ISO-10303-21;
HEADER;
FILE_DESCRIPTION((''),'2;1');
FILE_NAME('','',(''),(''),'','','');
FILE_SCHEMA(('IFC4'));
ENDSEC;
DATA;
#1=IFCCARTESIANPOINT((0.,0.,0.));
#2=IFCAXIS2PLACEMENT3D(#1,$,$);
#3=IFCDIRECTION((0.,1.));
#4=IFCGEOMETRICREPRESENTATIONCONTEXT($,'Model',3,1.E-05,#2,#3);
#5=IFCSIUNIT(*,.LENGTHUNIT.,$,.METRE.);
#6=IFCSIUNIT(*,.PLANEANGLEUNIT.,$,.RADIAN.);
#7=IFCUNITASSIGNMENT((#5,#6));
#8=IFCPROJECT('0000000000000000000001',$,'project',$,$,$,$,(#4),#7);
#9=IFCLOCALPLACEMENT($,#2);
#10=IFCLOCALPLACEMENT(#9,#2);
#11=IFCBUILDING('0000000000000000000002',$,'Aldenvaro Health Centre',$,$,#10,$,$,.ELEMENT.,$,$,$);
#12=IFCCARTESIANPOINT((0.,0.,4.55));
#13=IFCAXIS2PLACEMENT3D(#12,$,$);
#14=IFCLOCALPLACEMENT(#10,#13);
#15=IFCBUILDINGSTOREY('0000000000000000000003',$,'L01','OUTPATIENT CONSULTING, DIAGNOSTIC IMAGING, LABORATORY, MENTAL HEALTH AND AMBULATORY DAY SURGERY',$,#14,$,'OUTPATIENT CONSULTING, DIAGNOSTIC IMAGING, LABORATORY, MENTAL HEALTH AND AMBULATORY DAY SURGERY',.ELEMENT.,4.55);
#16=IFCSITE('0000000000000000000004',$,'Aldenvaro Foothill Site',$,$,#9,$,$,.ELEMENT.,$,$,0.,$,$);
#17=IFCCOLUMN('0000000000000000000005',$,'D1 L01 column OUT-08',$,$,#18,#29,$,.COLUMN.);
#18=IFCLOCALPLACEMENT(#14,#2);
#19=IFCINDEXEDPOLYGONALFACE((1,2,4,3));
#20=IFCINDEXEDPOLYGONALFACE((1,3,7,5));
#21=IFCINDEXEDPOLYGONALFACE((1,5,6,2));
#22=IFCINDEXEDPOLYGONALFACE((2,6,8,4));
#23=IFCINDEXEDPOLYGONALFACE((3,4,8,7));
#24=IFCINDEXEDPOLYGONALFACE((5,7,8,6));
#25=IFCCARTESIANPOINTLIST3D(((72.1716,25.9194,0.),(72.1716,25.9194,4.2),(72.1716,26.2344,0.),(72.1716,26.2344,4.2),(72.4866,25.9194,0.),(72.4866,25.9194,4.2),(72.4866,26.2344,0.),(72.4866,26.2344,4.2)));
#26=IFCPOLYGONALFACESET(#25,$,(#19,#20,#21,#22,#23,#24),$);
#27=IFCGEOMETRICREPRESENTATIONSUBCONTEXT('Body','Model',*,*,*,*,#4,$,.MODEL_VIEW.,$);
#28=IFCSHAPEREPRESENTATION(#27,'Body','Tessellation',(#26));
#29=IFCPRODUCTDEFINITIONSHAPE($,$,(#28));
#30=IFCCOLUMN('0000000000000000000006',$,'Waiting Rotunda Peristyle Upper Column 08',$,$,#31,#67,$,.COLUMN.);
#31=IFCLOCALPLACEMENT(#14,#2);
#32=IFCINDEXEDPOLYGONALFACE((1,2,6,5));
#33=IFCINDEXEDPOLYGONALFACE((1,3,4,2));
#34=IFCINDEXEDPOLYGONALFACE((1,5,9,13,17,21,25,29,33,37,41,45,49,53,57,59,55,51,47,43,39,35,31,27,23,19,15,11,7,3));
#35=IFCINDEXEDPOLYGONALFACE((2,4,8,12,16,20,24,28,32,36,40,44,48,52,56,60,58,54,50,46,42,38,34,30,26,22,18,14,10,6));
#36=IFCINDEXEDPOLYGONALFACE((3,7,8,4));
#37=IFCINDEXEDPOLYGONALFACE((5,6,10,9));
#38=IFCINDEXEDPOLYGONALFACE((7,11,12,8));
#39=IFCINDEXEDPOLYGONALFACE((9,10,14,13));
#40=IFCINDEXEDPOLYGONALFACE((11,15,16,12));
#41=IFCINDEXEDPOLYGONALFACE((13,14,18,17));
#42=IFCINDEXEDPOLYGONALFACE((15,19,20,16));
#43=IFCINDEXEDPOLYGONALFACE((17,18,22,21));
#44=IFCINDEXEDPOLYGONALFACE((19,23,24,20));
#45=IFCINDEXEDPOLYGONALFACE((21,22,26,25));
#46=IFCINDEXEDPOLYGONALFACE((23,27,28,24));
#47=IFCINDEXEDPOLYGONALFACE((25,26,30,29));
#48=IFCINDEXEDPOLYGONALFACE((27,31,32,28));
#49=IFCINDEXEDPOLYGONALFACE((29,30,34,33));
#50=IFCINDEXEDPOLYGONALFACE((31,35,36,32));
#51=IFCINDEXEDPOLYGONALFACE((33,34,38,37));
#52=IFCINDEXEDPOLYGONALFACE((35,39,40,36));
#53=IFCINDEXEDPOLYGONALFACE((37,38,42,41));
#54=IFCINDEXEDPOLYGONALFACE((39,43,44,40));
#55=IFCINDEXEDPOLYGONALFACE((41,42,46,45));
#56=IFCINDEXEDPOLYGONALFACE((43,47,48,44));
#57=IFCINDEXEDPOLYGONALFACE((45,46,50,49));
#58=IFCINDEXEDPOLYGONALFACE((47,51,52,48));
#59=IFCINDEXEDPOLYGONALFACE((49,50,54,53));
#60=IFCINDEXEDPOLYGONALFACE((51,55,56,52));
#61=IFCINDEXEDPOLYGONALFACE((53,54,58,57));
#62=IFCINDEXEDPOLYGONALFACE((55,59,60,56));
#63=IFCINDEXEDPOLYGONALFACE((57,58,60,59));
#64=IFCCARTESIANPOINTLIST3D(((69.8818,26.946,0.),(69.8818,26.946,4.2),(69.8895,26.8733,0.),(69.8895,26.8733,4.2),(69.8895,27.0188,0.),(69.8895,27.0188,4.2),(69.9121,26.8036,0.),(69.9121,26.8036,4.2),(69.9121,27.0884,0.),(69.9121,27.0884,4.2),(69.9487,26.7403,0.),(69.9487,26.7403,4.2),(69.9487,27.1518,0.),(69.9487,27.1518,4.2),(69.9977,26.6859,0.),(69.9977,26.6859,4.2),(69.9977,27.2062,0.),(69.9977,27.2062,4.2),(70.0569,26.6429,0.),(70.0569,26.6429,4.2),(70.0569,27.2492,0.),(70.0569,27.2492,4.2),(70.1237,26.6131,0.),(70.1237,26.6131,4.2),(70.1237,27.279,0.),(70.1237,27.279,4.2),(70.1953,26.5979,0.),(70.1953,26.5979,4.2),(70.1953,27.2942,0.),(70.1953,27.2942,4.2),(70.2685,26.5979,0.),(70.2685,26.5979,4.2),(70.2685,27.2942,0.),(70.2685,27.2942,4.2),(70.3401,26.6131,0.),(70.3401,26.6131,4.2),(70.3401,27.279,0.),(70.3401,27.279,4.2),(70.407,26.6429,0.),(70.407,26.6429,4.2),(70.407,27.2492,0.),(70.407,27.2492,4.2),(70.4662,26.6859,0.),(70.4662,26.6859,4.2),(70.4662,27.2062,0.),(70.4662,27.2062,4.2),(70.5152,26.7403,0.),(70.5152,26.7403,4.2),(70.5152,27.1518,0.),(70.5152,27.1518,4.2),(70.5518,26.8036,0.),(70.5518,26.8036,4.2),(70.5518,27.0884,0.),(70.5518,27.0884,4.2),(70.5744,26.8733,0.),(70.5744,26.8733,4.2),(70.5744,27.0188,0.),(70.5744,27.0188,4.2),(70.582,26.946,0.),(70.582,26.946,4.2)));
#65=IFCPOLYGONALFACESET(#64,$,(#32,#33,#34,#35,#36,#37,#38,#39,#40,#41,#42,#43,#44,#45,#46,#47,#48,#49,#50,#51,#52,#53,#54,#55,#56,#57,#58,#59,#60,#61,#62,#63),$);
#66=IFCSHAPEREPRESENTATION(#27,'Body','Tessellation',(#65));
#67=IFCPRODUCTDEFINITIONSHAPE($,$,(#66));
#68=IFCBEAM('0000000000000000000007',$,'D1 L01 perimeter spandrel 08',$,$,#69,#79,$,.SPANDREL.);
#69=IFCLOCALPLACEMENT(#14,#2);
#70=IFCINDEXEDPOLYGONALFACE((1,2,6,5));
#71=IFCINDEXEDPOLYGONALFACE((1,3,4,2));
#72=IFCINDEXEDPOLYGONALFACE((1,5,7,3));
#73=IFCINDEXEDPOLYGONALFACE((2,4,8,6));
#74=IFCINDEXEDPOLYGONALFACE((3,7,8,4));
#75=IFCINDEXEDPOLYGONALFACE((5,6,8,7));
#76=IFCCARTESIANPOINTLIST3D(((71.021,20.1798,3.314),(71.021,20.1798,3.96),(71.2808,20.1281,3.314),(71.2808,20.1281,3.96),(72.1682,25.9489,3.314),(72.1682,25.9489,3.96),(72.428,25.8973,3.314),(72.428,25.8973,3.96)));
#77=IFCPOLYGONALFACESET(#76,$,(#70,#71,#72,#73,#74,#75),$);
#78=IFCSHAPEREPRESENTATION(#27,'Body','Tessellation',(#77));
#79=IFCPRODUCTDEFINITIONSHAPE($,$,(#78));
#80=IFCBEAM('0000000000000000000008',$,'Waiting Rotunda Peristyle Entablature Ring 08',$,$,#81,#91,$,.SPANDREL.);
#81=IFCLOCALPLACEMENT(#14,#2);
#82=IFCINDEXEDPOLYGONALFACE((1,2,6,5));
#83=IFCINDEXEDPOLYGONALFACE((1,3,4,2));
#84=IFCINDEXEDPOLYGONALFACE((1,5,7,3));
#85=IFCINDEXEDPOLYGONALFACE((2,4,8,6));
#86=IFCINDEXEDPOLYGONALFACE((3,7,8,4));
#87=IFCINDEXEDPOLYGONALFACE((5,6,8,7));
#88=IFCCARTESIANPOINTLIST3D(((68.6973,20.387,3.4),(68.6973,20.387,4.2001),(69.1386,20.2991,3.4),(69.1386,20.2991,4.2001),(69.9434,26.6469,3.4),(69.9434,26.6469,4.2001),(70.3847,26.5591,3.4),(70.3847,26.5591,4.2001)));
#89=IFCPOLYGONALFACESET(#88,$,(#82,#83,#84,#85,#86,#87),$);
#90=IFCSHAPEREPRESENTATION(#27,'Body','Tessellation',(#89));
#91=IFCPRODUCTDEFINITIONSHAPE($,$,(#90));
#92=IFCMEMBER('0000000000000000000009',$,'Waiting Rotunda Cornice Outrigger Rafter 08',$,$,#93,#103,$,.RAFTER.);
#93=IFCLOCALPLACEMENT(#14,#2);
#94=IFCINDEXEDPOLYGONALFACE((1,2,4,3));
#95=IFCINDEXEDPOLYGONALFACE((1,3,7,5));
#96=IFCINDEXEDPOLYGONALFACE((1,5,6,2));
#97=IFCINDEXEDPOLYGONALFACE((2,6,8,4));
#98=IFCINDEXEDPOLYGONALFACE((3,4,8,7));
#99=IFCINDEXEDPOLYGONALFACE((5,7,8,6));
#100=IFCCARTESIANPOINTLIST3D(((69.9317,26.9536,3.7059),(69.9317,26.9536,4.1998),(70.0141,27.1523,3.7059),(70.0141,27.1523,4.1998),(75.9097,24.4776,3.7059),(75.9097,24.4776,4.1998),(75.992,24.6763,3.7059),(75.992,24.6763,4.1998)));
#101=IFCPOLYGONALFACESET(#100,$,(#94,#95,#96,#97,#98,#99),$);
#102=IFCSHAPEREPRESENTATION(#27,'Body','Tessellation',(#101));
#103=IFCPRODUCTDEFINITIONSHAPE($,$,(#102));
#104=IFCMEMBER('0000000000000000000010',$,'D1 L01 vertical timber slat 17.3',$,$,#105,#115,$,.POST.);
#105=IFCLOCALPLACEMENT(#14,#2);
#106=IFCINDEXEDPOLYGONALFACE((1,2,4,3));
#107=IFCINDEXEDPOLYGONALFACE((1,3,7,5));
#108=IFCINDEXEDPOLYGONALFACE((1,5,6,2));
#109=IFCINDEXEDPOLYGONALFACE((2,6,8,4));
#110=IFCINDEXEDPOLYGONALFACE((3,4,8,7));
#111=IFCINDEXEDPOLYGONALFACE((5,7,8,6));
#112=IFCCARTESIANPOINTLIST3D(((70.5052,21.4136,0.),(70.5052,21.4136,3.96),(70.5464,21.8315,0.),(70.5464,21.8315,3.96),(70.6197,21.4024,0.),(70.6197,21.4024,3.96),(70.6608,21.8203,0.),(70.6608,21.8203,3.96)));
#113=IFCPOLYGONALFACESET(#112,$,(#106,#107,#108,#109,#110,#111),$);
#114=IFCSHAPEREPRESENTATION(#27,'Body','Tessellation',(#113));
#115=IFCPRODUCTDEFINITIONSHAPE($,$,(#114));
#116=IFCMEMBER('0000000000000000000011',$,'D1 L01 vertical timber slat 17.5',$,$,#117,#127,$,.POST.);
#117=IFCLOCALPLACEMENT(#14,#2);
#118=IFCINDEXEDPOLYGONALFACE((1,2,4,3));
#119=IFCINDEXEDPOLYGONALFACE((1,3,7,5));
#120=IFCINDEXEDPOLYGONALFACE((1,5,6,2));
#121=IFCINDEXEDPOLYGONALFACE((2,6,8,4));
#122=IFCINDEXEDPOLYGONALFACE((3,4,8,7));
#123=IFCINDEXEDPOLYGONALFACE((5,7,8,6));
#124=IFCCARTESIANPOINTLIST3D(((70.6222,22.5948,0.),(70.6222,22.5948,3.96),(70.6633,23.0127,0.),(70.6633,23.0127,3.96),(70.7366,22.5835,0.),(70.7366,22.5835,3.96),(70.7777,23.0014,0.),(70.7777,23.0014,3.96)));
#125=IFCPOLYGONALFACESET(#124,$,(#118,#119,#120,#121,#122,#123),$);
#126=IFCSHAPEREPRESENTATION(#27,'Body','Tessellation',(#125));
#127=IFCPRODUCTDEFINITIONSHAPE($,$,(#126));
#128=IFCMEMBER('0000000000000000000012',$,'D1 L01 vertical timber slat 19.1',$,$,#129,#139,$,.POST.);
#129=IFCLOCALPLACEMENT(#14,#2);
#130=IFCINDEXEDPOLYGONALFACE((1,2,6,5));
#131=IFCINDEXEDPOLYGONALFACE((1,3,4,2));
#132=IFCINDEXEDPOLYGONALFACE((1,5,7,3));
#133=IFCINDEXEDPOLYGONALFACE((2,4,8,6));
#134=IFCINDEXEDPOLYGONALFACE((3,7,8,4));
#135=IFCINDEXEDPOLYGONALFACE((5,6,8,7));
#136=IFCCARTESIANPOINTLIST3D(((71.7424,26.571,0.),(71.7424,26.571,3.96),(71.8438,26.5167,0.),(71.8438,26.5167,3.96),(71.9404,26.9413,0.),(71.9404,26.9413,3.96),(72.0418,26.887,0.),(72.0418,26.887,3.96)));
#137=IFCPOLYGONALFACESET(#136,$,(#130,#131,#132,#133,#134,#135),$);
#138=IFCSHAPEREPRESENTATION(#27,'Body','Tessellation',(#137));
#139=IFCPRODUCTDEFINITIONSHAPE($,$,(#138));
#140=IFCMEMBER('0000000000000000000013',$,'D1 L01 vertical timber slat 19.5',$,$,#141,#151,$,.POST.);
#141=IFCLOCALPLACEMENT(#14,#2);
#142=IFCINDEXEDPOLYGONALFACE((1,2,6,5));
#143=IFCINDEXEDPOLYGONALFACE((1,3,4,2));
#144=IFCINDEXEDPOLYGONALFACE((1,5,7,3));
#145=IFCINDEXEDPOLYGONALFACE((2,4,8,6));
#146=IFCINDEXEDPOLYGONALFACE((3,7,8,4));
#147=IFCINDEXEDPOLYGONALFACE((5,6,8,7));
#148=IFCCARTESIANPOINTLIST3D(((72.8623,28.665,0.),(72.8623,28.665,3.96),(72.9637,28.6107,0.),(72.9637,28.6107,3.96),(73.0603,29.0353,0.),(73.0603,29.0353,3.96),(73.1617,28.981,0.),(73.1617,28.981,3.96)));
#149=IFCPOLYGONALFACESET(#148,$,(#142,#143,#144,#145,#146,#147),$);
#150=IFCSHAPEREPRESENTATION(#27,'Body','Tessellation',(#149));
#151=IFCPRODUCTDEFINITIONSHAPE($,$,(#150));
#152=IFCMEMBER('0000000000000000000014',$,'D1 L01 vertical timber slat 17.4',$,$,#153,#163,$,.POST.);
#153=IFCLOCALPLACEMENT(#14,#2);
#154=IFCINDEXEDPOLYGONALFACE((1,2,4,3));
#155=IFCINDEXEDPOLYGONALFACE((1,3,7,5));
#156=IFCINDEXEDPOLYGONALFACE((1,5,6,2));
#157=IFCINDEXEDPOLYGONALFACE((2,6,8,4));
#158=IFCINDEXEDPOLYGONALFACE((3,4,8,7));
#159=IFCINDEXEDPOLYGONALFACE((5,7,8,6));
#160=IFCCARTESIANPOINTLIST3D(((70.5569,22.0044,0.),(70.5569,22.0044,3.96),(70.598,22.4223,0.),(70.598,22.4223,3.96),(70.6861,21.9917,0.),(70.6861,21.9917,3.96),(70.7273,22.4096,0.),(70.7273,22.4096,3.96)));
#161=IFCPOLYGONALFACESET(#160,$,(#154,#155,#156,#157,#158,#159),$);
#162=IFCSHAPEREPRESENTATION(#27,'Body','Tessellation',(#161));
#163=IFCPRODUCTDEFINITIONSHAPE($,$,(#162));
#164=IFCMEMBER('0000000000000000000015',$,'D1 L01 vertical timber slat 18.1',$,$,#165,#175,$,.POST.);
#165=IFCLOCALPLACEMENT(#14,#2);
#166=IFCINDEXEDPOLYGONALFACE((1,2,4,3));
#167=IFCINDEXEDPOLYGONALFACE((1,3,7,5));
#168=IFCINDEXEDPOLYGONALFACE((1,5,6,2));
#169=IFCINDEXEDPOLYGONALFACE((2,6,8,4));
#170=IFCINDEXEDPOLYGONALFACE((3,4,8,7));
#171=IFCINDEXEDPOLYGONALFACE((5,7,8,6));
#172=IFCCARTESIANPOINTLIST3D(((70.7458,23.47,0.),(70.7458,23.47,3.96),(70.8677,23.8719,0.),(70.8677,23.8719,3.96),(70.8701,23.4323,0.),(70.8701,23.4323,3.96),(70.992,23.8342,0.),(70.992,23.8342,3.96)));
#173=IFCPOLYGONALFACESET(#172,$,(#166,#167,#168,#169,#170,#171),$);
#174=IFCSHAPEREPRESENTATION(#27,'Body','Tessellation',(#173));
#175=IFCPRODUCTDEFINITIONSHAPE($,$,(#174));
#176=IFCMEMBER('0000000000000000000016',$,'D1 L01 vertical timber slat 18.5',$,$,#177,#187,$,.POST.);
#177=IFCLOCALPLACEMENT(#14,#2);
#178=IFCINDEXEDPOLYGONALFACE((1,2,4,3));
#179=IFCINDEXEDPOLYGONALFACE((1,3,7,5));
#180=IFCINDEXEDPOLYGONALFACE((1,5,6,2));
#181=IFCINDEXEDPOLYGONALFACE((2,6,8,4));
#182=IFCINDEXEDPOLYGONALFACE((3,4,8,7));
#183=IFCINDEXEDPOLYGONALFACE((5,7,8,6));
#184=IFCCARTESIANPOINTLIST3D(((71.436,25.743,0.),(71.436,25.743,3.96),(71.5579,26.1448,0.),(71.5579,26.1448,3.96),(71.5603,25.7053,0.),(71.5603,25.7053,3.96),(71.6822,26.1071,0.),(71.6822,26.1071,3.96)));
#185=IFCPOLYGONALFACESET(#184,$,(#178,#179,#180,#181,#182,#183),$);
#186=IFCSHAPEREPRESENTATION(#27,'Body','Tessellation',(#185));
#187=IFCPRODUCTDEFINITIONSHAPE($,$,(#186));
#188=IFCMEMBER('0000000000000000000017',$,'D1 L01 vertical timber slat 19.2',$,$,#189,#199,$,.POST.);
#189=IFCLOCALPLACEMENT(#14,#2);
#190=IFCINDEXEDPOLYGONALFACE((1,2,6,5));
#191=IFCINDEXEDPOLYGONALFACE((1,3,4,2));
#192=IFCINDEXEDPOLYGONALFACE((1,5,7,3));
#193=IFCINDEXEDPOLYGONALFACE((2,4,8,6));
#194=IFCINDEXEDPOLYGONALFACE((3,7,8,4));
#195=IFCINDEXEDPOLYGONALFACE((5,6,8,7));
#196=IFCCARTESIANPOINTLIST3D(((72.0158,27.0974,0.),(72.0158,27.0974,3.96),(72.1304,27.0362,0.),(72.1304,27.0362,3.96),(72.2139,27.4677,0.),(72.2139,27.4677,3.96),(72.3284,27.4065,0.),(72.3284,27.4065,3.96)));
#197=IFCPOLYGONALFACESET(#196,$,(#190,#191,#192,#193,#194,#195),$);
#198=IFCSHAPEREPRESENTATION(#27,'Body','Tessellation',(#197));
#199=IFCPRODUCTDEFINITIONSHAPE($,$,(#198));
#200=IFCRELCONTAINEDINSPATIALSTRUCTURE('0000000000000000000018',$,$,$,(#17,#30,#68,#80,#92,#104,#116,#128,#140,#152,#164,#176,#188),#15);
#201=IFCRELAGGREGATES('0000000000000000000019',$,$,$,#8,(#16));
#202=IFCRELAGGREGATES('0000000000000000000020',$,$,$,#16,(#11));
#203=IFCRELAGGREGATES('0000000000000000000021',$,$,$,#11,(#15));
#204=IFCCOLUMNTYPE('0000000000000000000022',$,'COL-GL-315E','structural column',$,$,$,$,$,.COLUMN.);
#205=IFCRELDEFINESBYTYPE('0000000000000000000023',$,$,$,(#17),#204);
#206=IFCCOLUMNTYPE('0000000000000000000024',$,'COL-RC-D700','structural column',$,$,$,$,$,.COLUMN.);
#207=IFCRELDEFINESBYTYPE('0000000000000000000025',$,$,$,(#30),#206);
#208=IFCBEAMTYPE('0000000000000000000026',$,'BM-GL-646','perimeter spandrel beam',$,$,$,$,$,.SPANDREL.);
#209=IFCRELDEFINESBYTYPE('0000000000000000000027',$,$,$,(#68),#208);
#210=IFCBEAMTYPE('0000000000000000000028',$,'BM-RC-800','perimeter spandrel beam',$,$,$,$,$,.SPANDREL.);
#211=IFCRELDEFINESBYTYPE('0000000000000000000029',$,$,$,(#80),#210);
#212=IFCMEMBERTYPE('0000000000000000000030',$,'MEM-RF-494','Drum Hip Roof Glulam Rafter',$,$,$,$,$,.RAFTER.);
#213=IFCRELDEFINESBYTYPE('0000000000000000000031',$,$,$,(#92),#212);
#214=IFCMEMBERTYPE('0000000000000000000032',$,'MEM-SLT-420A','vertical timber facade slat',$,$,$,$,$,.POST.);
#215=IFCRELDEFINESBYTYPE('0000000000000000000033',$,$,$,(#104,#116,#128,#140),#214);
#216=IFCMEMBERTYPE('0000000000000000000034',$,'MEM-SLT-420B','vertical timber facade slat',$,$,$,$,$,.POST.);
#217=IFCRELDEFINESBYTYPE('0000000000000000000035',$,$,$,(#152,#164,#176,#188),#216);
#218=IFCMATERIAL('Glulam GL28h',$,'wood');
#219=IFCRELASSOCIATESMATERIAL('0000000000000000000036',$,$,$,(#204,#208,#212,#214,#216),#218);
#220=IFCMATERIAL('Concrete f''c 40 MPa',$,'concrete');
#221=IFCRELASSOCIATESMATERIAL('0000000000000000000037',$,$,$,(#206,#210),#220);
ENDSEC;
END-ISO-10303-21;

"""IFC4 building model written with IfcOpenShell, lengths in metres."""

from ifc_helpers import new_model, si_unit, direction, frame, origin, origin_2d, place, context, subcontext, project, spatial, rectangle, circle, extrude, material, material_profile, profile_set, type_object, element, save


model = new_model("IFC4")

# Units and contexts
model_context = context("Model", 3, precision=1e-05, world=origin(), true_north=direction((0.0, 1.0)))
body_context = subcontext(model_context, "Body", "Model", "MODEL_VIEW")
ifc_project = project(units=[si_unit("LENGTHUNIT", "METRE"), si_unit("PLANEANGLEUNIT", "RADIAN")], contexts=[model_context])

# Site, building, storey
site_placement = place(None, origin())
site = spatial("IfcSite", under=ifc_project, at=site_placement, Name="Aldenvaro Foothill Site", CompositionType="ELEMENT", RefElevation=0.0)
building_placement = place(site_placement, origin())
building = spatial("IfcBuilding", under=site, at=building_placement, Name="Aldenvaro Health Centre", CompositionType="ELEMENT")
storey_placement = place(building_placement, frame((0.0, 0.0, 4.55)))
storey = spatial("IfcBuildingStorey", under=building, at=storey_placement, Name="L01", Description="OUTPATIENT CONSULTING, DIAGNOSTIC IMAGING, LABORATORY, MENTAL HEALTH AND AMBULATORY DAY SURGERY", LongName="OUTPATIENT CONSULTING, DIAGNOSTIC IMAGING, LABORATORY, MENTAL HEALTH AND AMBULATORY DAY SURGERY", CompositionType="ELEMENT", Elevation=4.55)

# Columns
ifc_material_1 = material(Name="Glulam GL28h", Category="wood")
ifc_material_profile_1 = material_profile(ifc_material_1, rectangle(XDim=0.3149, YDim=0.3149, at=origin_2d()), Name="GL 315x315", Category="wood")
ifc_profile_set_1 = profile_set([ifc_material_profile_1], Name="Glulam GL28h")
column_type_1 = type_object("IfcColumnType", Name="COL-GL-315E", Description="structural column", PredefinedType="COLUMN", material=ifc_profile_set_1)
column_1_placement = place(storey_placement, frame((72.3291, 26.0769, 0.0), z_axis=(0.0, 0.0, 1.0), x_axis=(1.0, 0.0, 0.0)))
element("IfcColumn", 1, at=column_1_placement, inside=storey, type_object=column_type_1, Name="D1 L01 column OUT-08", PredefinedType="COLUMN", context=body_context, shape_type="SweptSolid", body=[
    extrude(rectangle(XDim=0.3149, YDim=0.3149, at=origin_2d()), origin(), (0.0, 0.0, 1.0), 4.2),
])
ifc_material_2 = material(Name="Concrete f'c 40 MPa", Category="concrete")
ifc_material_profile_2 = material_profile(ifc_material_2, circle(Radius=0.3501, at=origin_2d()), Name="RC D700", Category="concrete")
ifc_profile_set_2 = profile_set([ifc_material_profile_2], Name="Concrete f'c 40 MPa")
column_type_2 = type_object("IfcColumnType", Name="COL-RC-D700", Description="structural column", PredefinedType="COLUMN", material=ifc_profile_set_2)
column_2_placement = place(storey_placement, frame((70.2319, 26.946, 0.0), z_axis=(0.0, 0.0, 1.0), x_axis=(1.0, 0.0, 0.0)))
element("IfcColumn", 2, at=column_2_placement, inside=storey, type_object=column_type_2, Name="Waiting Rotunda Peristyle Upper Column 08", PredefinedType="COLUMN", context=body_context, shape_type="SweptSolid", body=[
    extrude(circle(Radius=0.3501, at=origin_2d()), origin(), (0.0, 0.0, 1.0), 4.2),
])

# Beams
ifc_material_profile_3 = material_profile(ifc_material_1, rectangle(XDim=0.2649, YDim=0.646, at=origin_2d()), Name="GL 265x646", Category="wood")
ifc_profile_set_3 = profile_set([ifc_material_profile_3], Name="Glulam GL28h")
beam_type_1 = type_object("IfcBeamType", Name="BM-GL-646", Description="perimeter spandrel beam", PredefinedType="SPANDREL", material=ifc_profile_set_3)
beam_1_placement = place(storey_placement, frame((72.2981, 25.9231, 3.637), z_axis=(-0.195038, -0.980796, 0.0), x_axis=(0.980796, -0.195038, 0.0)))
element("IfcBeam", 3, at=beam_1_placement, inside=storey, type_object=beam_type_1, Name="D1 L01 perimeter spandrel 08", PredefinedType="SPANDREL", context=body_context, shape_type="SweptSolid", body=[
    extrude(rectangle(XDim=0.2649, YDim=0.646, at=origin_2d()), origin(), (0.0, 0.0, 1.0), 5.8821),
])
ifc_material_profile_4 = material_profile(ifc_material_2, rectangle(XDim=0.45, YDim=0.8, at=origin_2d()), Name="RC 450x800", Category="concrete")
ifc_profile_set_4 = profile_set([ifc_material_profile_4], Name="Concrete f'c 40 MPa")
beam_type_2 = type_object("IfcBeamType", Name="BM-RC-800", Description="perimeter spandrel beam", PredefinedType="SPANDREL", material=ifc_profile_set_4)
beam_2_placement = place(storey_placement, frame((70.1641, 26.603, 3.8), z_axis=(-0.195226, -0.980758, 0.0), x_axis=(0.980758, -0.195226, 0.0)))
element("IfcBeam", 4, at=beam_2_placement, inside=storey, type_object=beam_type_2, Name="Waiting Rotunda Peristyle Entablature Ring 08", PredefinedType="SPANDREL", context=body_context, shape_type="SweptSolid", body=[
    extrude(rectangle(XDim=0.45, YDim=0.8, at=origin_2d()), origin(), (0.0, 0.0, 1.0), 6.3828),
])

# Members
ifc_material_profile_5 = material_profile(ifc_material_1, rectangle(XDim=0.2151, YDim=0.4939, at=origin_2d()), Name="GL 215x494", Category="wood")
ifc_profile_set_5 = profile_set([ifc_material_profile_5], Name="Glulam GL28h")
member_type_1 = type_object("IfcMemberType", Name="MEM-RF-494", Description="Drum Hip Roof Glulam Rafter", PredefinedType="RAFTER", material=ifc_profile_set_5)
member_placement = place(storey_placement, frame((69.9729, 27.053, 3.9529), z_axis=(0.923885, -0.382669, 0.0), x_axis=(0.382669, 0.923885, 0.0)))
element("IfcMember", 5, at=member_placement, inside=storey, type_object=member_type_1, Name="Waiting Rotunda Cornice Outrigger Rafter 08", PredefinedType="RAFTER", context=body_context, shape_type="SweptSolid", body=[
    extrude(rectangle(XDim=0.2151, YDim=0.4939, at=origin_2d()), origin(), (0.0, 0.0, 1.0), 6.4705),
])
ifc_material_profile_6 = material_profile(ifc_material_1, rectangle(XDim=0.115, YDim=0.4199, at=origin_2d()), Name="GL 115x420", Category="wood")
ifc_profile_set_6 = profile_set([ifc_material_profile_6], Name="Glulam GL28h")
member_type_2 = type_object("IfcMemberType", Name="MEM-SLT-420A", Description="vertical timber facade slat", PredefinedType="POST", material=ifc_profile_set_6)
for number, where, z_axis, x_axis, name in (
    (6, (70.583, 21.6169, 0.0), (0.0, 0.0, 1.0), (-0.995187, 0.097994, 0.0), "D1 L01 vertical timber slat 17.3"),
    (7, (70.7, 22.7981, 0.0), (0.0, 0.0, 1.0), (-0.995187, 0.097994, 0.0), "D1 L01 vertical timber slat 17.5"),
    (8, (71.8921, 26.729, 0.0), (0.0, 0.0, 1.0), (-0.881836, 0.471557, 0.0), "D1 L01 vertical timber slat 19.1"),
    (9, (73.012, 28.823, 0.0), (0.0, 0.0, 1.0), (-0.881836, 0.471557, 0.0), "D1 L01 vertical timber slat 19.5"),
):
    element("IfcMember", number, at=place(storey_placement, frame(where, z_axis=z_axis, x_axis=x_axis)), inside=storey, type_object=member_type_2, Name=name, PredefinedType="POST", context=body_context, shape_type="SweptSolid", body=[
        extrude(rectangle(XDim=0.115, YDim=0.4199, at=origin_2d()), origin(), (0.0, 0.0, 1.0), 3.96),
    ])
ifc_material_profile_7 = material_profile(ifc_material_1, rectangle(XDim=0.1299, YDim=0.4199, at=origin_2d()), Name="GL 130x420", Category="wood")
ifc_profile_set_7 = profile_set([ifc_material_profile_7], Name="Glulam GL28h")
member_type_3 = type_object("IfcMemberType", Name="MEM-SLT-420B", Description="vertical timber facade slat", PredefinedType="POST", material=ifc_profile_set_7)
for number, where, z_axis, x_axis, name in (
    (10, (70.6421, 22.207, 0.0), (0.0, 0.0, 1.0), (-0.995187, 0.097994, 0.0), "D1 L01 vertical timber slat 17.4"),
    (11, (70.8689, 23.6521, 0.0), (0.0, 0.0, 1.0), (-0.956975, 0.290171, 0.0), "D1 L01 vertical timber slat 18.1"),
    (12, (71.5591, 25.925, 0.0), (0.0, 0.0, 1.0), (-0.956975, 0.290171, 0.0), "D1 L01 vertical timber slat 18.5"),
    (13, (72.1721, 27.252, 0.0), (0.0, 0.0, 1.0), (-0.881836, 0.471557, 0.0), "D1 L01 vertical timber slat 19.2"),
):
    element("IfcMember", number, at=place(storey_placement, frame(where, z_axis=z_axis, x_axis=x_axis)), inside=storey, type_object=member_type_3, Name=name, PredefinedType="POST", context=body_context, shape_type="SweptSolid", body=[
        extrude(rectangle(XDim=0.1299, YDim=0.4199, at=origin_2d()), origin(), (0.0, 0.0, 1.0), 3.96),
    ])

save(model, "model.ifc")
